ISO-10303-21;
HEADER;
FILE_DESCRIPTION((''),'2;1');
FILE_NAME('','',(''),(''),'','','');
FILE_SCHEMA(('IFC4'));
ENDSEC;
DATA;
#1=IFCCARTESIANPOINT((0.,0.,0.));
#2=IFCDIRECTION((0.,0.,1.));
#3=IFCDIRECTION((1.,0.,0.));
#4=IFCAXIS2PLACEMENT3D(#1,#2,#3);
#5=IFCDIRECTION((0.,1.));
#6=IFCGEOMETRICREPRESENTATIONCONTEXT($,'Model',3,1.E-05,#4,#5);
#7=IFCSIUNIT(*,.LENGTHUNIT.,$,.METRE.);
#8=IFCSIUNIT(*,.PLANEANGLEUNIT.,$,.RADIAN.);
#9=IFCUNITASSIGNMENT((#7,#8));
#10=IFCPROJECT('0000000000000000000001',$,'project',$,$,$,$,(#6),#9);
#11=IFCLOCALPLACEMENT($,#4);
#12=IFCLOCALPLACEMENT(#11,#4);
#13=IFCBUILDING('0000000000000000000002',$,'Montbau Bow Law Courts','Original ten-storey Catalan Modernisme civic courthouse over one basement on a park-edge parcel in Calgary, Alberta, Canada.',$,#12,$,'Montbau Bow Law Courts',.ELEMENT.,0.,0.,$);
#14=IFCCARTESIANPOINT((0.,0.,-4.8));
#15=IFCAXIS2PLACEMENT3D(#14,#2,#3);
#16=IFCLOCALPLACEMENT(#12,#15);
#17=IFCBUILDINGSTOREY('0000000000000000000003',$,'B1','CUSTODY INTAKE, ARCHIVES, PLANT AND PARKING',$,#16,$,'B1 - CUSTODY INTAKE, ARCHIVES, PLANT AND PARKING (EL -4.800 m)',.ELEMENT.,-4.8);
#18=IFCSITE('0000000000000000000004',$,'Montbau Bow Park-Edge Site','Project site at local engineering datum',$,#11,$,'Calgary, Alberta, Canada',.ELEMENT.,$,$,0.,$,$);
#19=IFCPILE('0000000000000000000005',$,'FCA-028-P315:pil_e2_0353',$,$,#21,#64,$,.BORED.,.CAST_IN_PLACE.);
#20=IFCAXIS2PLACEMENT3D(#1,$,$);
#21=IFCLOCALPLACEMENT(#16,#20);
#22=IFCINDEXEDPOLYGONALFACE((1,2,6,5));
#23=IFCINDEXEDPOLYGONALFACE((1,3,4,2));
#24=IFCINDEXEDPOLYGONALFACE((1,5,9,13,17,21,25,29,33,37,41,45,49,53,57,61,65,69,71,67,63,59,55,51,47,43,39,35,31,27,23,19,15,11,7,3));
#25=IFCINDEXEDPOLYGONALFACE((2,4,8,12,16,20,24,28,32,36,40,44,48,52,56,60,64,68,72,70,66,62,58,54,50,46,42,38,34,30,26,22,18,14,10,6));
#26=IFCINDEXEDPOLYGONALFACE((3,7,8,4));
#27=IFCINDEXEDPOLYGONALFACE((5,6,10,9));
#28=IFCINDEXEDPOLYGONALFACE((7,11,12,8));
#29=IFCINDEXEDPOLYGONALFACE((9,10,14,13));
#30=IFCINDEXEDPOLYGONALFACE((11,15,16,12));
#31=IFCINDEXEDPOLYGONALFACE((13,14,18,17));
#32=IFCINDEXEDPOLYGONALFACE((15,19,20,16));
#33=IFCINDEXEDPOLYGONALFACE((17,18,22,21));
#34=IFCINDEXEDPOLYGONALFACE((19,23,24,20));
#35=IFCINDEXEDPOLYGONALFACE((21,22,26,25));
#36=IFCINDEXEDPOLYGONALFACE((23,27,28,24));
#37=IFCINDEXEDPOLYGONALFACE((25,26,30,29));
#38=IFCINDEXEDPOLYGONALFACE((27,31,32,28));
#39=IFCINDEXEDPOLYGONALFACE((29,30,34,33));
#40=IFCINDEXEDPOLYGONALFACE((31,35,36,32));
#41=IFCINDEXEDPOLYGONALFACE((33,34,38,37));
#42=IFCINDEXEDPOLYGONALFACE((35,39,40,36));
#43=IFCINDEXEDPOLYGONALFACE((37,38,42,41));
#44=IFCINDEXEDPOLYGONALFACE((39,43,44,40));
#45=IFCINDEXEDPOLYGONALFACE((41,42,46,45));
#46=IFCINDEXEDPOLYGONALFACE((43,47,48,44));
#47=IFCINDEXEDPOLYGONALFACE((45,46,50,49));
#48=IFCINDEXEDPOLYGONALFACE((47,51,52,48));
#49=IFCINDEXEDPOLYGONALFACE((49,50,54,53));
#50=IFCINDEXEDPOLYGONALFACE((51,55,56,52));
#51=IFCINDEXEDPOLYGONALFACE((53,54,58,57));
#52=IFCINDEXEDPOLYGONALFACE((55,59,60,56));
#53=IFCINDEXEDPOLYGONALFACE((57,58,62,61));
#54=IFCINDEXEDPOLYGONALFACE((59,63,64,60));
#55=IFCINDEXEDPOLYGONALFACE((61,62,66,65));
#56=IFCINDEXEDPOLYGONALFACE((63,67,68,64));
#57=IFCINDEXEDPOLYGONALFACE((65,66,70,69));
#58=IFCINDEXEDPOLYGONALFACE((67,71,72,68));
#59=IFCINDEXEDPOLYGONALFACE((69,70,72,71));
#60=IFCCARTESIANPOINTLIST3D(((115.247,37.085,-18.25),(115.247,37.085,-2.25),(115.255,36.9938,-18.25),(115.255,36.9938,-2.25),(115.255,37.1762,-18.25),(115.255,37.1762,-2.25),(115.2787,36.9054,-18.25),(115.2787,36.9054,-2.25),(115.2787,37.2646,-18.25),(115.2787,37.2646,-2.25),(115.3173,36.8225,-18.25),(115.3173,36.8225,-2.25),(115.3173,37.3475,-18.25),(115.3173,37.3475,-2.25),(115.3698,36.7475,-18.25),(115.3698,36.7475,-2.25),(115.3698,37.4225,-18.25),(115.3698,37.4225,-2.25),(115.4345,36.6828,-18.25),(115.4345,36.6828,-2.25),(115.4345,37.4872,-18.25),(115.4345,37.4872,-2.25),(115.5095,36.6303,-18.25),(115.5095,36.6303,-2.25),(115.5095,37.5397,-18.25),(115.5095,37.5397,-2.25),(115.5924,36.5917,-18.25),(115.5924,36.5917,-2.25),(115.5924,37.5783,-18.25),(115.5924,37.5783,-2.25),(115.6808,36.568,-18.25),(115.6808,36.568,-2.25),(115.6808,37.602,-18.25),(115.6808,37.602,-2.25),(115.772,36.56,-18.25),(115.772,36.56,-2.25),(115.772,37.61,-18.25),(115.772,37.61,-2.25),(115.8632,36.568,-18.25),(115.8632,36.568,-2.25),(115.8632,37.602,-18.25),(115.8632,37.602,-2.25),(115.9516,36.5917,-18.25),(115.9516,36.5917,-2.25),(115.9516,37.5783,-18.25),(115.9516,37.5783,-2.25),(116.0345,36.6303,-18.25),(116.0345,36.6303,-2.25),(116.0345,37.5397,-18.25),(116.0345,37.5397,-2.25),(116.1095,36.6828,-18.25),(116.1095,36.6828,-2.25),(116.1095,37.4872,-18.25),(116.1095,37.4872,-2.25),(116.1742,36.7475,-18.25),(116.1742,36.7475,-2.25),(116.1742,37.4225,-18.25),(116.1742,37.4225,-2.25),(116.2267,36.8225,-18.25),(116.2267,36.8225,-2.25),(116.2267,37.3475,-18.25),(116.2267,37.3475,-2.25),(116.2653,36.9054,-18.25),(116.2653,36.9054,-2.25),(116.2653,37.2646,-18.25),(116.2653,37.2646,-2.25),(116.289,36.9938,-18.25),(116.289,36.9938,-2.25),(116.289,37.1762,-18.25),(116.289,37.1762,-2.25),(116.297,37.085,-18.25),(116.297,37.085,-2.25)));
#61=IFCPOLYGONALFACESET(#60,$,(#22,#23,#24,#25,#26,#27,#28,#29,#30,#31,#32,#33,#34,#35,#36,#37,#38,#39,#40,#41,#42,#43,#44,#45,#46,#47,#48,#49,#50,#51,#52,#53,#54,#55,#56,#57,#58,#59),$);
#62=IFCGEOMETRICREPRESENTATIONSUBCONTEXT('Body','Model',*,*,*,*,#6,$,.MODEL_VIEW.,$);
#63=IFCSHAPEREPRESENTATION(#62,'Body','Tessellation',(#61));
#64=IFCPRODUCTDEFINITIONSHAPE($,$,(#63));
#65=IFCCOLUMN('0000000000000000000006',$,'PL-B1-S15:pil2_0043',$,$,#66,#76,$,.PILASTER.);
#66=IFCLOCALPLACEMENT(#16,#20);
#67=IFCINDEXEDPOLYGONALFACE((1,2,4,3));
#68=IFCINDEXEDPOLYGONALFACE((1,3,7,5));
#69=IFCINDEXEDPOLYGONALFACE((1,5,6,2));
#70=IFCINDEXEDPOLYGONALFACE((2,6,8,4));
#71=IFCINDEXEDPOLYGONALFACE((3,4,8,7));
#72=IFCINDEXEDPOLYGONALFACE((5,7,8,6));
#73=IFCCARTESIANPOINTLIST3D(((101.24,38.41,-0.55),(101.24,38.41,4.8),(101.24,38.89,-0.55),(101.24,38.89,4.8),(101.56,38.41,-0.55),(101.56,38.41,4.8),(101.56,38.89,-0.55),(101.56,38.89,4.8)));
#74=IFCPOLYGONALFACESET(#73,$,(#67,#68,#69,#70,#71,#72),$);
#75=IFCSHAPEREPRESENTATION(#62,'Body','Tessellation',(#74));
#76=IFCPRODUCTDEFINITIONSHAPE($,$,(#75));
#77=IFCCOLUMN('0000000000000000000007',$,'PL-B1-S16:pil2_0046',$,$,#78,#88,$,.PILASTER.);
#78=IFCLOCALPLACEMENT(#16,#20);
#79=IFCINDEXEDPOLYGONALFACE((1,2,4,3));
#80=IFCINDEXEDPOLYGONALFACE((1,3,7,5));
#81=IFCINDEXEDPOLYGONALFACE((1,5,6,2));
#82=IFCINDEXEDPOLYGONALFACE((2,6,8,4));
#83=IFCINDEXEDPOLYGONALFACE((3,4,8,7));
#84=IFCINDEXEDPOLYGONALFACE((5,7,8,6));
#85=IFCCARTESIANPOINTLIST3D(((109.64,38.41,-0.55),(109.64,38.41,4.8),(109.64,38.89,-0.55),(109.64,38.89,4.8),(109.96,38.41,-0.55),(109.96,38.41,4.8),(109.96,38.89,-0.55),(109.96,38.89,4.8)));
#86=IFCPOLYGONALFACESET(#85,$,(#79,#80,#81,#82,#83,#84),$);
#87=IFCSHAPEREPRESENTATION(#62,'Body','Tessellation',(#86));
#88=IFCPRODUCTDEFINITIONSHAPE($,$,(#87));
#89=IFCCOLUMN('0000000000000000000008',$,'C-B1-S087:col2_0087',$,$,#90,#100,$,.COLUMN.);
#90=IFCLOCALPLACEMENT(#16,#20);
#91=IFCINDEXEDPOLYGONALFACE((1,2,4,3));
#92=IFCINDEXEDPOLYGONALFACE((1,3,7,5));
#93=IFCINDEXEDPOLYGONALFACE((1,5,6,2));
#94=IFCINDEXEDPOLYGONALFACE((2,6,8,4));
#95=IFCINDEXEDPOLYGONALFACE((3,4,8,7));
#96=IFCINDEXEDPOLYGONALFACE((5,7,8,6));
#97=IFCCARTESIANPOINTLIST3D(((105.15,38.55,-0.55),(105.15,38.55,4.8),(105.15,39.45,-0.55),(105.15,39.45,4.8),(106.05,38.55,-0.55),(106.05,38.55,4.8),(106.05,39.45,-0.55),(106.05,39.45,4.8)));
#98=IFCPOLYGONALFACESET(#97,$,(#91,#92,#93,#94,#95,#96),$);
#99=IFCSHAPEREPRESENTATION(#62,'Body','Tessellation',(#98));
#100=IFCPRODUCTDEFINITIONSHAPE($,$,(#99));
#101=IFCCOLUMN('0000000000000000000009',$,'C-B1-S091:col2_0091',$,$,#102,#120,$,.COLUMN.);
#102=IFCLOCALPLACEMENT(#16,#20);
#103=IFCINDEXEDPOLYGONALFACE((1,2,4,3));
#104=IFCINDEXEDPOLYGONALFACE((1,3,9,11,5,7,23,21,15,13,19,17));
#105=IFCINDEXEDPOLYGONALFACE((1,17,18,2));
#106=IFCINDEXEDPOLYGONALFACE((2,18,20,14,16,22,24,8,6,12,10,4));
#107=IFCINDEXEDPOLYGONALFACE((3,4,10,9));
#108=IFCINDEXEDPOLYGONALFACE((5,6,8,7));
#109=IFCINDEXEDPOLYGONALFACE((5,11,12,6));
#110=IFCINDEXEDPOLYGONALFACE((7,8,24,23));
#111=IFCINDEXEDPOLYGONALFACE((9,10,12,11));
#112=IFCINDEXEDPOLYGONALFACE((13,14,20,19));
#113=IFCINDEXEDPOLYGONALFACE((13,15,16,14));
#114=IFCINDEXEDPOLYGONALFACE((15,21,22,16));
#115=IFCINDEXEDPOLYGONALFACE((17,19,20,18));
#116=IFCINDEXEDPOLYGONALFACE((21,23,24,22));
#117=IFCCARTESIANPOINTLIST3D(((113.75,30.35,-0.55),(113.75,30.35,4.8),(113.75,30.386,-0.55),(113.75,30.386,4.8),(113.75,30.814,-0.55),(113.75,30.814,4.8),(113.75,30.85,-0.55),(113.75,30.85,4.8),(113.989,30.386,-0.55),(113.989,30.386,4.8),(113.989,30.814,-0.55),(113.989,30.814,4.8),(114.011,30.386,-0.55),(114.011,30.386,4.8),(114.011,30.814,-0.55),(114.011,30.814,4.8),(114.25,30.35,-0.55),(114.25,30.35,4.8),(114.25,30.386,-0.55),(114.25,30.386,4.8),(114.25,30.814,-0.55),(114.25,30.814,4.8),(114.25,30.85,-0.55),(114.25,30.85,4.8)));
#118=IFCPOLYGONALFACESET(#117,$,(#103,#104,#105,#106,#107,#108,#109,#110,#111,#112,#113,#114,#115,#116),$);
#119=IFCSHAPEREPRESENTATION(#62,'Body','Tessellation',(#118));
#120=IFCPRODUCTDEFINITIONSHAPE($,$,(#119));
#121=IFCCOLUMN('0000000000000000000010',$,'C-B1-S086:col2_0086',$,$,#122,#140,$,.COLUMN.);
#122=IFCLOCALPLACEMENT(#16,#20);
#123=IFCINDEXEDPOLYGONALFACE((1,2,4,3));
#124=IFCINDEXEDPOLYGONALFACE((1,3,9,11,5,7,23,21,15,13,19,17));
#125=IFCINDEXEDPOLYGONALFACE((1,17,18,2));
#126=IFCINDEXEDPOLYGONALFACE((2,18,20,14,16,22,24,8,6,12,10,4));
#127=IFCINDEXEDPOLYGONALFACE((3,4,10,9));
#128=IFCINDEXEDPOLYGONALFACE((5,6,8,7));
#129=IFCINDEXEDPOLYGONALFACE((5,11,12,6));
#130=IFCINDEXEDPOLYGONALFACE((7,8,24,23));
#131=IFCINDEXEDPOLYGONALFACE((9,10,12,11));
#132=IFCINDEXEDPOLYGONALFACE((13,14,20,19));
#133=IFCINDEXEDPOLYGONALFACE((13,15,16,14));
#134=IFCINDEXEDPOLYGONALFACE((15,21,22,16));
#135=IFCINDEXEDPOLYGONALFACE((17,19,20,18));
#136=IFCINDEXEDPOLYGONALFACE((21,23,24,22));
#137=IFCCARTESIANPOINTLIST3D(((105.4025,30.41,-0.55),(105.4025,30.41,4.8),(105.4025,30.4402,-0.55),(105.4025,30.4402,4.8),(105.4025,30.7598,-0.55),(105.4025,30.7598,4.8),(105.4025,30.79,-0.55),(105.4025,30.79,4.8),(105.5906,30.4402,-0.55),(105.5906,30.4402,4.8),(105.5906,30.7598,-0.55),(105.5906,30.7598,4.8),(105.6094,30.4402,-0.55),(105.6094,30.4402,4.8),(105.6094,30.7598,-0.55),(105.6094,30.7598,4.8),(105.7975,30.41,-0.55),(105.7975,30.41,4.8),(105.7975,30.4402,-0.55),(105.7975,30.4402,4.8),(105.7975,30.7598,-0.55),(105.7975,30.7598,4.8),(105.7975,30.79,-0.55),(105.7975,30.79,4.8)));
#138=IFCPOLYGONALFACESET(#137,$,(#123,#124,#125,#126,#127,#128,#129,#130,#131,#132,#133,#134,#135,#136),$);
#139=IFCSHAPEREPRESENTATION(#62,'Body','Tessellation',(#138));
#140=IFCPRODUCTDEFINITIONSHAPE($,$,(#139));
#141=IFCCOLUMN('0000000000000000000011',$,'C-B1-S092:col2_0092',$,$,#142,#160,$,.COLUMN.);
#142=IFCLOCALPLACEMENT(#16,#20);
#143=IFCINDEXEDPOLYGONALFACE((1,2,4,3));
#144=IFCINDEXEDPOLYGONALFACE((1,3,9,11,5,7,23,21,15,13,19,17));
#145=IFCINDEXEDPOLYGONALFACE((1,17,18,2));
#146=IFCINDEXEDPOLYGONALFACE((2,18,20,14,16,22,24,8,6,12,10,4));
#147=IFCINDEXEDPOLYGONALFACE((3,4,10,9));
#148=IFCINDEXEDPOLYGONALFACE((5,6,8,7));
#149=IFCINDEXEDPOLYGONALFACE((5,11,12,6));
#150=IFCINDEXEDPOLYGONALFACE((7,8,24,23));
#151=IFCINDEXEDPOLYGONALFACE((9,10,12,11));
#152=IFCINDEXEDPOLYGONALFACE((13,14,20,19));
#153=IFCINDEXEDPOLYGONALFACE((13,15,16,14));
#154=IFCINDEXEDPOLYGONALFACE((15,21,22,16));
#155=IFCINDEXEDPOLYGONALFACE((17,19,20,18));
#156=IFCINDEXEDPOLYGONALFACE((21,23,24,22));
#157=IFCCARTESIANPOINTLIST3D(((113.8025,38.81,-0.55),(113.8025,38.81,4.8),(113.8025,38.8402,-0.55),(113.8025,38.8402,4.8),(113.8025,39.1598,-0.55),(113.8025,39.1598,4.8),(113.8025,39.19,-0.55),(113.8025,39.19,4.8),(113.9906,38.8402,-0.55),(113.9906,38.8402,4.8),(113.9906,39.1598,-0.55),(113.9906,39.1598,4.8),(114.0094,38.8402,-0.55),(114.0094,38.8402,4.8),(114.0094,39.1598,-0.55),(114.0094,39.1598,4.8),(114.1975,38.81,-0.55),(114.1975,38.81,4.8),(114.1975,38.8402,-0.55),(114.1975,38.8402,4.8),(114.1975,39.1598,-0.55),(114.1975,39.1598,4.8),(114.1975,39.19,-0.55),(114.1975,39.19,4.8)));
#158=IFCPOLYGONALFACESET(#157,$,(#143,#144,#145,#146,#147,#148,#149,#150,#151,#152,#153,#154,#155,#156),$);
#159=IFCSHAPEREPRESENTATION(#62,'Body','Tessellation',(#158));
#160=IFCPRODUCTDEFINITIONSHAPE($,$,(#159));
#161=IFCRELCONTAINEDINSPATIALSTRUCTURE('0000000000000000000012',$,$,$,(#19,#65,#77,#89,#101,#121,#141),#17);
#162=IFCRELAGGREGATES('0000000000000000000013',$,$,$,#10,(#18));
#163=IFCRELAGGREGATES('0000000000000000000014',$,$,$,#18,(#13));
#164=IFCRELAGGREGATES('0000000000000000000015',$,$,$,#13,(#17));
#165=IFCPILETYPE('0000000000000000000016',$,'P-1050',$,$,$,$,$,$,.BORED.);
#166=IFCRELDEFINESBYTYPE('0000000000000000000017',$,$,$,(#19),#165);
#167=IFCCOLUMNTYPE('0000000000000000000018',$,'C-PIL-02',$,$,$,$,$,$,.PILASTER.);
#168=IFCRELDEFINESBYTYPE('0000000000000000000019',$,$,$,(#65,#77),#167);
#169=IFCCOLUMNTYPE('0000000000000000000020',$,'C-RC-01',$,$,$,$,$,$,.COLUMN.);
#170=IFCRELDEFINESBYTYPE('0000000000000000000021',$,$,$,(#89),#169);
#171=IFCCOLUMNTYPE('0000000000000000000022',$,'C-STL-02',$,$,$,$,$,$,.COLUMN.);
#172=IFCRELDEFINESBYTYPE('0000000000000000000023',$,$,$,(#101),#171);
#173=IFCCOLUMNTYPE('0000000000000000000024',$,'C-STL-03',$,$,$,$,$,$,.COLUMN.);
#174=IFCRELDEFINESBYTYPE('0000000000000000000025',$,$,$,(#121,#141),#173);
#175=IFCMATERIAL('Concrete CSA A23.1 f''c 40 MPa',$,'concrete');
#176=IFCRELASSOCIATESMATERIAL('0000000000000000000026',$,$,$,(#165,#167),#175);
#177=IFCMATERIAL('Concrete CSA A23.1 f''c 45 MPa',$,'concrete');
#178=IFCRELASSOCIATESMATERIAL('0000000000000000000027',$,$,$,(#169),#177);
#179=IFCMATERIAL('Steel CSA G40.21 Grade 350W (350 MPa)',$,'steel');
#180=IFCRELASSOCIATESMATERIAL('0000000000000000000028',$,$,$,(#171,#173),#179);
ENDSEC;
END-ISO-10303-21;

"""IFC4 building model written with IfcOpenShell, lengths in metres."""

from ifc_helpers import new_model, si_unit, direction, frame, origin_with_axes, origin_2d_with_axis, place, context, subcontext, project, spatial, rectangle, circle, i_section, extrude, material, material_profile, profile_set, type_object, element, save


model = new_model("IFC4")

# Units and contexts
model_context = context("Model", 3, precision=1e-05, world=origin_with_axes(), true_north=direction((0.0, 1.0)))
body_context = subcontext(model_context, "Body", "Model", "MODEL_VIEW")
ifc_project = project(units=[si_unit("LENGTHUNIT", "METRE"), si_unit("PLANEANGLEUNIT", "RADIAN")], contexts=[model_context])

# Site, building, storey
site_placement = place(None, origin_with_axes())
site = spatial("IfcSite", under=ifc_project, at=site_placement, Name="Montbau Bow Park-Edge Site", Description="Project site at local engineering datum", LongName="Calgary, Alberta, Canada", CompositionType="ELEMENT", RefElevation=0.0)
building_placement = place(site_placement, origin_with_axes())
building = spatial("IfcBuilding", under=site, at=building_placement, Name="Montbau Bow Law Courts", Description="Original ten-storey Catalan Modernisme civic courthouse over one basement on a park-edge parcel in Calgary, Alberta, Canada.", LongName="Montbau Bow Law Courts", CompositionType="ELEMENT", ElevationOfRefHeight=0.0, ElevationOfTerrain=0.0)
storey_placement = place(building_placement, frame((0.0, 0.0, -4.8), z_axis=(0.0, 0.0, 1.0), x_axis=(1.0, 0.0, 0.0)))
storey = spatial("IfcBuildingStorey", under=building, at=storey_placement, Name="B1", Description="CUSTODY INTAKE, ARCHIVES, PLANT AND PARKING", LongName="B1 - CUSTODY INTAKE, ARCHIVES, PLANT AND PARKING (EL -4.800 m)", CompositionType="ELEMENT", Elevation=-4.8)

# Pile
ifc_material_1 = material(Name="Concrete CSA A23.1 f'c 40 MPa", Category="concrete")
ifc_material_profile_1 = material_profile(ifc_material_1, circle(Radius=0.525, at=origin_2d_with_axis()), Name="BP1050", Category="Main", Priority=0)
ifc_profile_set_1 = profile_set([ifc_material_profile_1], Name="Concrete CSA A23.1 f'c 40 MPa")
pile_type = type_object("IfcPileType", Name="P-1050", PredefinedType="BORED", material=ifc_profile_set_1)
for number, where, z_axis, x_axis, name in (
    (1, (115.772, 37.085, -23.05), (0.0, 0.0, 1.0), (1.0, 0.0, 0.0), "FCA-028-P315:pil_e2_0353"),
):
    element("IfcPile", number, at=place(None, frame(where, z_axis=z_axis, x_axis=x_axis)), inside=storey, type_object=pile_type, Name=name, ConstructionType="CAST_IN_PLACE", PredefinedType="BORED", context=body_context, shape_type="SweptSolid", body=[
        extrude(circle(Radius=0.525, at=origin_2d_with_axis()), origin_with_axes(), (0.0, 0.0, 1.0), 16.0),
    ])

# Columns
ifc_material_profile_2 = material_profile(ifc_material_1, rectangle(XDim=0.32, YDim=0.48, at=origin_2d_with_axis()), Name="RC480X320", Category="Main", Priority=0)
ifc_profile_set_2 = profile_set([ifc_material_profile_2], Name="Concrete CSA A23.1 f'c 40 MPa")
column_type_1 = type_object("IfcColumnType", Name="C-PIL-02", PredefinedType="PILASTER", material=ifc_profile_set_2)
for number, where, z_axis, x_axis, name in (
    (2, (101.4, 38.65, -5.35), (0.0, 0.0, 1.0), (1.0, 0.0, 0.0), "PL-B1-S15:pil2_0043"),
    (3, (109.8, 38.65, -5.35), (0.0, 0.0, 1.0), (1.0, 0.0, 0.0), "PL-B1-S16:pil2_0046"),
):
    element("IfcColumn", number, at=place(None, frame(where, z_axis=z_axis, x_axis=x_axis)), inside=storey, type_object=column_type_1, Name=name, PredefinedType="PILASTER", context=body_context, shape_type="SweptSolid", body=[
        extrude(rectangle(XDim=0.32, YDim=0.48, at=origin_2d_with_axis()), origin_with_axes(), (0.0, 0.0, 1.0), 5.35),
    ])
ifc_material_2 = material(Name="Concrete CSA A23.1 f'c 45 MPa", Category="concrete")
ifc_material_profile_3 = material_profile(ifc_material_2, rectangle(XDim=0.9, YDim=0.9, at=origin_2d_with_axis()), Name="RC900X900", Category="Main", Priority=0)
ifc_profile_set_3 = profile_set([ifc_material_profile_3], Name="Concrete CSA A23.1 f'c 45 MPa")
column_type_2 = type_object("IfcColumnType", Name="C-RC-01", PredefinedType="COLUMN", material=ifc_profile_set_3)
column_1_placement = place(None, frame((105.6, 39.0, -5.35), z_axis=(0.0, 0.0, 1.0), x_axis=(1.0, 0.0, 0.0)))
element("IfcColumn", 4, at=column_1_placement, inside=storey, type_object=column_type_2, Name="C-B1-S087:col2_0087", PredefinedType="COLUMN", context=body_context, shape_type="SweptSolid", body=[
    extrude(rectangle(XDim=0.9, YDim=0.9, at=origin_2d_with_axis()), origin_with_axes(), (0.0, 0.0, 1.0), 5.35),
])
ifc_material_3 = material(Name="Steel CSA G40.21 Grade 350W (350 MPa)", Category="steel")
ifc_material_profile_4 = material_profile(ifc_material_3, i_section(OverallWidth=0.5, OverallDepth=0.5, WebThickness=0.022, FlangeThickness=0.036, at=origin_2d_with_axis()), Name="WWF500X343", Category="Main", Priority=0)
ifc_profile_set_4 = profile_set([ifc_material_profile_4], Name="Steel CSA G40.21 Grade 350W (350 MPa)")
column_type_3 = type_object("IfcColumnType", Name="C-STL-02", PredefinedType="COLUMN", material=ifc_profile_set_4)
column_2_placement = place(None, frame((114.0, 30.6, -5.35), z_axis=(0.0, 0.0, 1.0), x_axis=(1.0, 0.0, 0.0)))
element("IfcColumn", 5, at=column_2_placement, inside=storey, type_object=column_type_3, Name="C-B1-S091:col2_0091", PredefinedType="COLUMN", context=body_context, shape_type="SweptSolid", body=[
    extrude(i_section(OverallWidth=0.5, OverallDepth=0.5, WebThickness=0.022, FlangeThickness=0.036, at=origin_2d_with_axis()), origin_with_axes(), (0.0, 0.0, 1.0), 5.35),
])
ifc_material_profile_5 = material_profile(ifc_material_3, i_section(OverallWidth=0.395, OverallDepth=0.38, WebThickness=0.0189, FlangeThickness=0.0302, at=origin_2d_with_axis()), Name="W360X237", Category="Main", Priority=0)
ifc_profile_set_5 = profile_set([ifc_material_profile_5], Name="Steel CSA G40.21 Grade 350W (350 MPa)")
column_type_4 = type_object("IfcColumnType", Name="C-STL-03", PredefinedType="COLUMN", material=ifc_profile_set_5)
for number, where, z_axis, x_axis, name in (
    (6, (105.6, 30.6, -5.35), (0.0, 0.0, 1.0), (1.0, 0.0, 0.0), "C-B1-S086:col2_0086"),
    (7, (114.0, 39.0, -5.35), (0.0, 0.0, 1.0), (1.0, 0.0, 0.0), "C-B1-S092:col2_0092"),
):
    element("IfcColumn", number, at=place(None, frame(where, z_axis=z_axis, x_axis=x_axis)), inside=storey, type_object=column_type_4, Name=name, PredefinedType="COLUMN", context=body_context, shape_type="SweptSolid", body=[
        extrude(i_section(OverallWidth=0.395, OverallDepth=0.38, WebThickness=0.0189, FlangeThickness=0.0302, at=origin_2d_with_axis()), origin_with_axes(), (0.0, 0.0, 1.0), 5.35),
    ])

save(model, "model.ifc")
